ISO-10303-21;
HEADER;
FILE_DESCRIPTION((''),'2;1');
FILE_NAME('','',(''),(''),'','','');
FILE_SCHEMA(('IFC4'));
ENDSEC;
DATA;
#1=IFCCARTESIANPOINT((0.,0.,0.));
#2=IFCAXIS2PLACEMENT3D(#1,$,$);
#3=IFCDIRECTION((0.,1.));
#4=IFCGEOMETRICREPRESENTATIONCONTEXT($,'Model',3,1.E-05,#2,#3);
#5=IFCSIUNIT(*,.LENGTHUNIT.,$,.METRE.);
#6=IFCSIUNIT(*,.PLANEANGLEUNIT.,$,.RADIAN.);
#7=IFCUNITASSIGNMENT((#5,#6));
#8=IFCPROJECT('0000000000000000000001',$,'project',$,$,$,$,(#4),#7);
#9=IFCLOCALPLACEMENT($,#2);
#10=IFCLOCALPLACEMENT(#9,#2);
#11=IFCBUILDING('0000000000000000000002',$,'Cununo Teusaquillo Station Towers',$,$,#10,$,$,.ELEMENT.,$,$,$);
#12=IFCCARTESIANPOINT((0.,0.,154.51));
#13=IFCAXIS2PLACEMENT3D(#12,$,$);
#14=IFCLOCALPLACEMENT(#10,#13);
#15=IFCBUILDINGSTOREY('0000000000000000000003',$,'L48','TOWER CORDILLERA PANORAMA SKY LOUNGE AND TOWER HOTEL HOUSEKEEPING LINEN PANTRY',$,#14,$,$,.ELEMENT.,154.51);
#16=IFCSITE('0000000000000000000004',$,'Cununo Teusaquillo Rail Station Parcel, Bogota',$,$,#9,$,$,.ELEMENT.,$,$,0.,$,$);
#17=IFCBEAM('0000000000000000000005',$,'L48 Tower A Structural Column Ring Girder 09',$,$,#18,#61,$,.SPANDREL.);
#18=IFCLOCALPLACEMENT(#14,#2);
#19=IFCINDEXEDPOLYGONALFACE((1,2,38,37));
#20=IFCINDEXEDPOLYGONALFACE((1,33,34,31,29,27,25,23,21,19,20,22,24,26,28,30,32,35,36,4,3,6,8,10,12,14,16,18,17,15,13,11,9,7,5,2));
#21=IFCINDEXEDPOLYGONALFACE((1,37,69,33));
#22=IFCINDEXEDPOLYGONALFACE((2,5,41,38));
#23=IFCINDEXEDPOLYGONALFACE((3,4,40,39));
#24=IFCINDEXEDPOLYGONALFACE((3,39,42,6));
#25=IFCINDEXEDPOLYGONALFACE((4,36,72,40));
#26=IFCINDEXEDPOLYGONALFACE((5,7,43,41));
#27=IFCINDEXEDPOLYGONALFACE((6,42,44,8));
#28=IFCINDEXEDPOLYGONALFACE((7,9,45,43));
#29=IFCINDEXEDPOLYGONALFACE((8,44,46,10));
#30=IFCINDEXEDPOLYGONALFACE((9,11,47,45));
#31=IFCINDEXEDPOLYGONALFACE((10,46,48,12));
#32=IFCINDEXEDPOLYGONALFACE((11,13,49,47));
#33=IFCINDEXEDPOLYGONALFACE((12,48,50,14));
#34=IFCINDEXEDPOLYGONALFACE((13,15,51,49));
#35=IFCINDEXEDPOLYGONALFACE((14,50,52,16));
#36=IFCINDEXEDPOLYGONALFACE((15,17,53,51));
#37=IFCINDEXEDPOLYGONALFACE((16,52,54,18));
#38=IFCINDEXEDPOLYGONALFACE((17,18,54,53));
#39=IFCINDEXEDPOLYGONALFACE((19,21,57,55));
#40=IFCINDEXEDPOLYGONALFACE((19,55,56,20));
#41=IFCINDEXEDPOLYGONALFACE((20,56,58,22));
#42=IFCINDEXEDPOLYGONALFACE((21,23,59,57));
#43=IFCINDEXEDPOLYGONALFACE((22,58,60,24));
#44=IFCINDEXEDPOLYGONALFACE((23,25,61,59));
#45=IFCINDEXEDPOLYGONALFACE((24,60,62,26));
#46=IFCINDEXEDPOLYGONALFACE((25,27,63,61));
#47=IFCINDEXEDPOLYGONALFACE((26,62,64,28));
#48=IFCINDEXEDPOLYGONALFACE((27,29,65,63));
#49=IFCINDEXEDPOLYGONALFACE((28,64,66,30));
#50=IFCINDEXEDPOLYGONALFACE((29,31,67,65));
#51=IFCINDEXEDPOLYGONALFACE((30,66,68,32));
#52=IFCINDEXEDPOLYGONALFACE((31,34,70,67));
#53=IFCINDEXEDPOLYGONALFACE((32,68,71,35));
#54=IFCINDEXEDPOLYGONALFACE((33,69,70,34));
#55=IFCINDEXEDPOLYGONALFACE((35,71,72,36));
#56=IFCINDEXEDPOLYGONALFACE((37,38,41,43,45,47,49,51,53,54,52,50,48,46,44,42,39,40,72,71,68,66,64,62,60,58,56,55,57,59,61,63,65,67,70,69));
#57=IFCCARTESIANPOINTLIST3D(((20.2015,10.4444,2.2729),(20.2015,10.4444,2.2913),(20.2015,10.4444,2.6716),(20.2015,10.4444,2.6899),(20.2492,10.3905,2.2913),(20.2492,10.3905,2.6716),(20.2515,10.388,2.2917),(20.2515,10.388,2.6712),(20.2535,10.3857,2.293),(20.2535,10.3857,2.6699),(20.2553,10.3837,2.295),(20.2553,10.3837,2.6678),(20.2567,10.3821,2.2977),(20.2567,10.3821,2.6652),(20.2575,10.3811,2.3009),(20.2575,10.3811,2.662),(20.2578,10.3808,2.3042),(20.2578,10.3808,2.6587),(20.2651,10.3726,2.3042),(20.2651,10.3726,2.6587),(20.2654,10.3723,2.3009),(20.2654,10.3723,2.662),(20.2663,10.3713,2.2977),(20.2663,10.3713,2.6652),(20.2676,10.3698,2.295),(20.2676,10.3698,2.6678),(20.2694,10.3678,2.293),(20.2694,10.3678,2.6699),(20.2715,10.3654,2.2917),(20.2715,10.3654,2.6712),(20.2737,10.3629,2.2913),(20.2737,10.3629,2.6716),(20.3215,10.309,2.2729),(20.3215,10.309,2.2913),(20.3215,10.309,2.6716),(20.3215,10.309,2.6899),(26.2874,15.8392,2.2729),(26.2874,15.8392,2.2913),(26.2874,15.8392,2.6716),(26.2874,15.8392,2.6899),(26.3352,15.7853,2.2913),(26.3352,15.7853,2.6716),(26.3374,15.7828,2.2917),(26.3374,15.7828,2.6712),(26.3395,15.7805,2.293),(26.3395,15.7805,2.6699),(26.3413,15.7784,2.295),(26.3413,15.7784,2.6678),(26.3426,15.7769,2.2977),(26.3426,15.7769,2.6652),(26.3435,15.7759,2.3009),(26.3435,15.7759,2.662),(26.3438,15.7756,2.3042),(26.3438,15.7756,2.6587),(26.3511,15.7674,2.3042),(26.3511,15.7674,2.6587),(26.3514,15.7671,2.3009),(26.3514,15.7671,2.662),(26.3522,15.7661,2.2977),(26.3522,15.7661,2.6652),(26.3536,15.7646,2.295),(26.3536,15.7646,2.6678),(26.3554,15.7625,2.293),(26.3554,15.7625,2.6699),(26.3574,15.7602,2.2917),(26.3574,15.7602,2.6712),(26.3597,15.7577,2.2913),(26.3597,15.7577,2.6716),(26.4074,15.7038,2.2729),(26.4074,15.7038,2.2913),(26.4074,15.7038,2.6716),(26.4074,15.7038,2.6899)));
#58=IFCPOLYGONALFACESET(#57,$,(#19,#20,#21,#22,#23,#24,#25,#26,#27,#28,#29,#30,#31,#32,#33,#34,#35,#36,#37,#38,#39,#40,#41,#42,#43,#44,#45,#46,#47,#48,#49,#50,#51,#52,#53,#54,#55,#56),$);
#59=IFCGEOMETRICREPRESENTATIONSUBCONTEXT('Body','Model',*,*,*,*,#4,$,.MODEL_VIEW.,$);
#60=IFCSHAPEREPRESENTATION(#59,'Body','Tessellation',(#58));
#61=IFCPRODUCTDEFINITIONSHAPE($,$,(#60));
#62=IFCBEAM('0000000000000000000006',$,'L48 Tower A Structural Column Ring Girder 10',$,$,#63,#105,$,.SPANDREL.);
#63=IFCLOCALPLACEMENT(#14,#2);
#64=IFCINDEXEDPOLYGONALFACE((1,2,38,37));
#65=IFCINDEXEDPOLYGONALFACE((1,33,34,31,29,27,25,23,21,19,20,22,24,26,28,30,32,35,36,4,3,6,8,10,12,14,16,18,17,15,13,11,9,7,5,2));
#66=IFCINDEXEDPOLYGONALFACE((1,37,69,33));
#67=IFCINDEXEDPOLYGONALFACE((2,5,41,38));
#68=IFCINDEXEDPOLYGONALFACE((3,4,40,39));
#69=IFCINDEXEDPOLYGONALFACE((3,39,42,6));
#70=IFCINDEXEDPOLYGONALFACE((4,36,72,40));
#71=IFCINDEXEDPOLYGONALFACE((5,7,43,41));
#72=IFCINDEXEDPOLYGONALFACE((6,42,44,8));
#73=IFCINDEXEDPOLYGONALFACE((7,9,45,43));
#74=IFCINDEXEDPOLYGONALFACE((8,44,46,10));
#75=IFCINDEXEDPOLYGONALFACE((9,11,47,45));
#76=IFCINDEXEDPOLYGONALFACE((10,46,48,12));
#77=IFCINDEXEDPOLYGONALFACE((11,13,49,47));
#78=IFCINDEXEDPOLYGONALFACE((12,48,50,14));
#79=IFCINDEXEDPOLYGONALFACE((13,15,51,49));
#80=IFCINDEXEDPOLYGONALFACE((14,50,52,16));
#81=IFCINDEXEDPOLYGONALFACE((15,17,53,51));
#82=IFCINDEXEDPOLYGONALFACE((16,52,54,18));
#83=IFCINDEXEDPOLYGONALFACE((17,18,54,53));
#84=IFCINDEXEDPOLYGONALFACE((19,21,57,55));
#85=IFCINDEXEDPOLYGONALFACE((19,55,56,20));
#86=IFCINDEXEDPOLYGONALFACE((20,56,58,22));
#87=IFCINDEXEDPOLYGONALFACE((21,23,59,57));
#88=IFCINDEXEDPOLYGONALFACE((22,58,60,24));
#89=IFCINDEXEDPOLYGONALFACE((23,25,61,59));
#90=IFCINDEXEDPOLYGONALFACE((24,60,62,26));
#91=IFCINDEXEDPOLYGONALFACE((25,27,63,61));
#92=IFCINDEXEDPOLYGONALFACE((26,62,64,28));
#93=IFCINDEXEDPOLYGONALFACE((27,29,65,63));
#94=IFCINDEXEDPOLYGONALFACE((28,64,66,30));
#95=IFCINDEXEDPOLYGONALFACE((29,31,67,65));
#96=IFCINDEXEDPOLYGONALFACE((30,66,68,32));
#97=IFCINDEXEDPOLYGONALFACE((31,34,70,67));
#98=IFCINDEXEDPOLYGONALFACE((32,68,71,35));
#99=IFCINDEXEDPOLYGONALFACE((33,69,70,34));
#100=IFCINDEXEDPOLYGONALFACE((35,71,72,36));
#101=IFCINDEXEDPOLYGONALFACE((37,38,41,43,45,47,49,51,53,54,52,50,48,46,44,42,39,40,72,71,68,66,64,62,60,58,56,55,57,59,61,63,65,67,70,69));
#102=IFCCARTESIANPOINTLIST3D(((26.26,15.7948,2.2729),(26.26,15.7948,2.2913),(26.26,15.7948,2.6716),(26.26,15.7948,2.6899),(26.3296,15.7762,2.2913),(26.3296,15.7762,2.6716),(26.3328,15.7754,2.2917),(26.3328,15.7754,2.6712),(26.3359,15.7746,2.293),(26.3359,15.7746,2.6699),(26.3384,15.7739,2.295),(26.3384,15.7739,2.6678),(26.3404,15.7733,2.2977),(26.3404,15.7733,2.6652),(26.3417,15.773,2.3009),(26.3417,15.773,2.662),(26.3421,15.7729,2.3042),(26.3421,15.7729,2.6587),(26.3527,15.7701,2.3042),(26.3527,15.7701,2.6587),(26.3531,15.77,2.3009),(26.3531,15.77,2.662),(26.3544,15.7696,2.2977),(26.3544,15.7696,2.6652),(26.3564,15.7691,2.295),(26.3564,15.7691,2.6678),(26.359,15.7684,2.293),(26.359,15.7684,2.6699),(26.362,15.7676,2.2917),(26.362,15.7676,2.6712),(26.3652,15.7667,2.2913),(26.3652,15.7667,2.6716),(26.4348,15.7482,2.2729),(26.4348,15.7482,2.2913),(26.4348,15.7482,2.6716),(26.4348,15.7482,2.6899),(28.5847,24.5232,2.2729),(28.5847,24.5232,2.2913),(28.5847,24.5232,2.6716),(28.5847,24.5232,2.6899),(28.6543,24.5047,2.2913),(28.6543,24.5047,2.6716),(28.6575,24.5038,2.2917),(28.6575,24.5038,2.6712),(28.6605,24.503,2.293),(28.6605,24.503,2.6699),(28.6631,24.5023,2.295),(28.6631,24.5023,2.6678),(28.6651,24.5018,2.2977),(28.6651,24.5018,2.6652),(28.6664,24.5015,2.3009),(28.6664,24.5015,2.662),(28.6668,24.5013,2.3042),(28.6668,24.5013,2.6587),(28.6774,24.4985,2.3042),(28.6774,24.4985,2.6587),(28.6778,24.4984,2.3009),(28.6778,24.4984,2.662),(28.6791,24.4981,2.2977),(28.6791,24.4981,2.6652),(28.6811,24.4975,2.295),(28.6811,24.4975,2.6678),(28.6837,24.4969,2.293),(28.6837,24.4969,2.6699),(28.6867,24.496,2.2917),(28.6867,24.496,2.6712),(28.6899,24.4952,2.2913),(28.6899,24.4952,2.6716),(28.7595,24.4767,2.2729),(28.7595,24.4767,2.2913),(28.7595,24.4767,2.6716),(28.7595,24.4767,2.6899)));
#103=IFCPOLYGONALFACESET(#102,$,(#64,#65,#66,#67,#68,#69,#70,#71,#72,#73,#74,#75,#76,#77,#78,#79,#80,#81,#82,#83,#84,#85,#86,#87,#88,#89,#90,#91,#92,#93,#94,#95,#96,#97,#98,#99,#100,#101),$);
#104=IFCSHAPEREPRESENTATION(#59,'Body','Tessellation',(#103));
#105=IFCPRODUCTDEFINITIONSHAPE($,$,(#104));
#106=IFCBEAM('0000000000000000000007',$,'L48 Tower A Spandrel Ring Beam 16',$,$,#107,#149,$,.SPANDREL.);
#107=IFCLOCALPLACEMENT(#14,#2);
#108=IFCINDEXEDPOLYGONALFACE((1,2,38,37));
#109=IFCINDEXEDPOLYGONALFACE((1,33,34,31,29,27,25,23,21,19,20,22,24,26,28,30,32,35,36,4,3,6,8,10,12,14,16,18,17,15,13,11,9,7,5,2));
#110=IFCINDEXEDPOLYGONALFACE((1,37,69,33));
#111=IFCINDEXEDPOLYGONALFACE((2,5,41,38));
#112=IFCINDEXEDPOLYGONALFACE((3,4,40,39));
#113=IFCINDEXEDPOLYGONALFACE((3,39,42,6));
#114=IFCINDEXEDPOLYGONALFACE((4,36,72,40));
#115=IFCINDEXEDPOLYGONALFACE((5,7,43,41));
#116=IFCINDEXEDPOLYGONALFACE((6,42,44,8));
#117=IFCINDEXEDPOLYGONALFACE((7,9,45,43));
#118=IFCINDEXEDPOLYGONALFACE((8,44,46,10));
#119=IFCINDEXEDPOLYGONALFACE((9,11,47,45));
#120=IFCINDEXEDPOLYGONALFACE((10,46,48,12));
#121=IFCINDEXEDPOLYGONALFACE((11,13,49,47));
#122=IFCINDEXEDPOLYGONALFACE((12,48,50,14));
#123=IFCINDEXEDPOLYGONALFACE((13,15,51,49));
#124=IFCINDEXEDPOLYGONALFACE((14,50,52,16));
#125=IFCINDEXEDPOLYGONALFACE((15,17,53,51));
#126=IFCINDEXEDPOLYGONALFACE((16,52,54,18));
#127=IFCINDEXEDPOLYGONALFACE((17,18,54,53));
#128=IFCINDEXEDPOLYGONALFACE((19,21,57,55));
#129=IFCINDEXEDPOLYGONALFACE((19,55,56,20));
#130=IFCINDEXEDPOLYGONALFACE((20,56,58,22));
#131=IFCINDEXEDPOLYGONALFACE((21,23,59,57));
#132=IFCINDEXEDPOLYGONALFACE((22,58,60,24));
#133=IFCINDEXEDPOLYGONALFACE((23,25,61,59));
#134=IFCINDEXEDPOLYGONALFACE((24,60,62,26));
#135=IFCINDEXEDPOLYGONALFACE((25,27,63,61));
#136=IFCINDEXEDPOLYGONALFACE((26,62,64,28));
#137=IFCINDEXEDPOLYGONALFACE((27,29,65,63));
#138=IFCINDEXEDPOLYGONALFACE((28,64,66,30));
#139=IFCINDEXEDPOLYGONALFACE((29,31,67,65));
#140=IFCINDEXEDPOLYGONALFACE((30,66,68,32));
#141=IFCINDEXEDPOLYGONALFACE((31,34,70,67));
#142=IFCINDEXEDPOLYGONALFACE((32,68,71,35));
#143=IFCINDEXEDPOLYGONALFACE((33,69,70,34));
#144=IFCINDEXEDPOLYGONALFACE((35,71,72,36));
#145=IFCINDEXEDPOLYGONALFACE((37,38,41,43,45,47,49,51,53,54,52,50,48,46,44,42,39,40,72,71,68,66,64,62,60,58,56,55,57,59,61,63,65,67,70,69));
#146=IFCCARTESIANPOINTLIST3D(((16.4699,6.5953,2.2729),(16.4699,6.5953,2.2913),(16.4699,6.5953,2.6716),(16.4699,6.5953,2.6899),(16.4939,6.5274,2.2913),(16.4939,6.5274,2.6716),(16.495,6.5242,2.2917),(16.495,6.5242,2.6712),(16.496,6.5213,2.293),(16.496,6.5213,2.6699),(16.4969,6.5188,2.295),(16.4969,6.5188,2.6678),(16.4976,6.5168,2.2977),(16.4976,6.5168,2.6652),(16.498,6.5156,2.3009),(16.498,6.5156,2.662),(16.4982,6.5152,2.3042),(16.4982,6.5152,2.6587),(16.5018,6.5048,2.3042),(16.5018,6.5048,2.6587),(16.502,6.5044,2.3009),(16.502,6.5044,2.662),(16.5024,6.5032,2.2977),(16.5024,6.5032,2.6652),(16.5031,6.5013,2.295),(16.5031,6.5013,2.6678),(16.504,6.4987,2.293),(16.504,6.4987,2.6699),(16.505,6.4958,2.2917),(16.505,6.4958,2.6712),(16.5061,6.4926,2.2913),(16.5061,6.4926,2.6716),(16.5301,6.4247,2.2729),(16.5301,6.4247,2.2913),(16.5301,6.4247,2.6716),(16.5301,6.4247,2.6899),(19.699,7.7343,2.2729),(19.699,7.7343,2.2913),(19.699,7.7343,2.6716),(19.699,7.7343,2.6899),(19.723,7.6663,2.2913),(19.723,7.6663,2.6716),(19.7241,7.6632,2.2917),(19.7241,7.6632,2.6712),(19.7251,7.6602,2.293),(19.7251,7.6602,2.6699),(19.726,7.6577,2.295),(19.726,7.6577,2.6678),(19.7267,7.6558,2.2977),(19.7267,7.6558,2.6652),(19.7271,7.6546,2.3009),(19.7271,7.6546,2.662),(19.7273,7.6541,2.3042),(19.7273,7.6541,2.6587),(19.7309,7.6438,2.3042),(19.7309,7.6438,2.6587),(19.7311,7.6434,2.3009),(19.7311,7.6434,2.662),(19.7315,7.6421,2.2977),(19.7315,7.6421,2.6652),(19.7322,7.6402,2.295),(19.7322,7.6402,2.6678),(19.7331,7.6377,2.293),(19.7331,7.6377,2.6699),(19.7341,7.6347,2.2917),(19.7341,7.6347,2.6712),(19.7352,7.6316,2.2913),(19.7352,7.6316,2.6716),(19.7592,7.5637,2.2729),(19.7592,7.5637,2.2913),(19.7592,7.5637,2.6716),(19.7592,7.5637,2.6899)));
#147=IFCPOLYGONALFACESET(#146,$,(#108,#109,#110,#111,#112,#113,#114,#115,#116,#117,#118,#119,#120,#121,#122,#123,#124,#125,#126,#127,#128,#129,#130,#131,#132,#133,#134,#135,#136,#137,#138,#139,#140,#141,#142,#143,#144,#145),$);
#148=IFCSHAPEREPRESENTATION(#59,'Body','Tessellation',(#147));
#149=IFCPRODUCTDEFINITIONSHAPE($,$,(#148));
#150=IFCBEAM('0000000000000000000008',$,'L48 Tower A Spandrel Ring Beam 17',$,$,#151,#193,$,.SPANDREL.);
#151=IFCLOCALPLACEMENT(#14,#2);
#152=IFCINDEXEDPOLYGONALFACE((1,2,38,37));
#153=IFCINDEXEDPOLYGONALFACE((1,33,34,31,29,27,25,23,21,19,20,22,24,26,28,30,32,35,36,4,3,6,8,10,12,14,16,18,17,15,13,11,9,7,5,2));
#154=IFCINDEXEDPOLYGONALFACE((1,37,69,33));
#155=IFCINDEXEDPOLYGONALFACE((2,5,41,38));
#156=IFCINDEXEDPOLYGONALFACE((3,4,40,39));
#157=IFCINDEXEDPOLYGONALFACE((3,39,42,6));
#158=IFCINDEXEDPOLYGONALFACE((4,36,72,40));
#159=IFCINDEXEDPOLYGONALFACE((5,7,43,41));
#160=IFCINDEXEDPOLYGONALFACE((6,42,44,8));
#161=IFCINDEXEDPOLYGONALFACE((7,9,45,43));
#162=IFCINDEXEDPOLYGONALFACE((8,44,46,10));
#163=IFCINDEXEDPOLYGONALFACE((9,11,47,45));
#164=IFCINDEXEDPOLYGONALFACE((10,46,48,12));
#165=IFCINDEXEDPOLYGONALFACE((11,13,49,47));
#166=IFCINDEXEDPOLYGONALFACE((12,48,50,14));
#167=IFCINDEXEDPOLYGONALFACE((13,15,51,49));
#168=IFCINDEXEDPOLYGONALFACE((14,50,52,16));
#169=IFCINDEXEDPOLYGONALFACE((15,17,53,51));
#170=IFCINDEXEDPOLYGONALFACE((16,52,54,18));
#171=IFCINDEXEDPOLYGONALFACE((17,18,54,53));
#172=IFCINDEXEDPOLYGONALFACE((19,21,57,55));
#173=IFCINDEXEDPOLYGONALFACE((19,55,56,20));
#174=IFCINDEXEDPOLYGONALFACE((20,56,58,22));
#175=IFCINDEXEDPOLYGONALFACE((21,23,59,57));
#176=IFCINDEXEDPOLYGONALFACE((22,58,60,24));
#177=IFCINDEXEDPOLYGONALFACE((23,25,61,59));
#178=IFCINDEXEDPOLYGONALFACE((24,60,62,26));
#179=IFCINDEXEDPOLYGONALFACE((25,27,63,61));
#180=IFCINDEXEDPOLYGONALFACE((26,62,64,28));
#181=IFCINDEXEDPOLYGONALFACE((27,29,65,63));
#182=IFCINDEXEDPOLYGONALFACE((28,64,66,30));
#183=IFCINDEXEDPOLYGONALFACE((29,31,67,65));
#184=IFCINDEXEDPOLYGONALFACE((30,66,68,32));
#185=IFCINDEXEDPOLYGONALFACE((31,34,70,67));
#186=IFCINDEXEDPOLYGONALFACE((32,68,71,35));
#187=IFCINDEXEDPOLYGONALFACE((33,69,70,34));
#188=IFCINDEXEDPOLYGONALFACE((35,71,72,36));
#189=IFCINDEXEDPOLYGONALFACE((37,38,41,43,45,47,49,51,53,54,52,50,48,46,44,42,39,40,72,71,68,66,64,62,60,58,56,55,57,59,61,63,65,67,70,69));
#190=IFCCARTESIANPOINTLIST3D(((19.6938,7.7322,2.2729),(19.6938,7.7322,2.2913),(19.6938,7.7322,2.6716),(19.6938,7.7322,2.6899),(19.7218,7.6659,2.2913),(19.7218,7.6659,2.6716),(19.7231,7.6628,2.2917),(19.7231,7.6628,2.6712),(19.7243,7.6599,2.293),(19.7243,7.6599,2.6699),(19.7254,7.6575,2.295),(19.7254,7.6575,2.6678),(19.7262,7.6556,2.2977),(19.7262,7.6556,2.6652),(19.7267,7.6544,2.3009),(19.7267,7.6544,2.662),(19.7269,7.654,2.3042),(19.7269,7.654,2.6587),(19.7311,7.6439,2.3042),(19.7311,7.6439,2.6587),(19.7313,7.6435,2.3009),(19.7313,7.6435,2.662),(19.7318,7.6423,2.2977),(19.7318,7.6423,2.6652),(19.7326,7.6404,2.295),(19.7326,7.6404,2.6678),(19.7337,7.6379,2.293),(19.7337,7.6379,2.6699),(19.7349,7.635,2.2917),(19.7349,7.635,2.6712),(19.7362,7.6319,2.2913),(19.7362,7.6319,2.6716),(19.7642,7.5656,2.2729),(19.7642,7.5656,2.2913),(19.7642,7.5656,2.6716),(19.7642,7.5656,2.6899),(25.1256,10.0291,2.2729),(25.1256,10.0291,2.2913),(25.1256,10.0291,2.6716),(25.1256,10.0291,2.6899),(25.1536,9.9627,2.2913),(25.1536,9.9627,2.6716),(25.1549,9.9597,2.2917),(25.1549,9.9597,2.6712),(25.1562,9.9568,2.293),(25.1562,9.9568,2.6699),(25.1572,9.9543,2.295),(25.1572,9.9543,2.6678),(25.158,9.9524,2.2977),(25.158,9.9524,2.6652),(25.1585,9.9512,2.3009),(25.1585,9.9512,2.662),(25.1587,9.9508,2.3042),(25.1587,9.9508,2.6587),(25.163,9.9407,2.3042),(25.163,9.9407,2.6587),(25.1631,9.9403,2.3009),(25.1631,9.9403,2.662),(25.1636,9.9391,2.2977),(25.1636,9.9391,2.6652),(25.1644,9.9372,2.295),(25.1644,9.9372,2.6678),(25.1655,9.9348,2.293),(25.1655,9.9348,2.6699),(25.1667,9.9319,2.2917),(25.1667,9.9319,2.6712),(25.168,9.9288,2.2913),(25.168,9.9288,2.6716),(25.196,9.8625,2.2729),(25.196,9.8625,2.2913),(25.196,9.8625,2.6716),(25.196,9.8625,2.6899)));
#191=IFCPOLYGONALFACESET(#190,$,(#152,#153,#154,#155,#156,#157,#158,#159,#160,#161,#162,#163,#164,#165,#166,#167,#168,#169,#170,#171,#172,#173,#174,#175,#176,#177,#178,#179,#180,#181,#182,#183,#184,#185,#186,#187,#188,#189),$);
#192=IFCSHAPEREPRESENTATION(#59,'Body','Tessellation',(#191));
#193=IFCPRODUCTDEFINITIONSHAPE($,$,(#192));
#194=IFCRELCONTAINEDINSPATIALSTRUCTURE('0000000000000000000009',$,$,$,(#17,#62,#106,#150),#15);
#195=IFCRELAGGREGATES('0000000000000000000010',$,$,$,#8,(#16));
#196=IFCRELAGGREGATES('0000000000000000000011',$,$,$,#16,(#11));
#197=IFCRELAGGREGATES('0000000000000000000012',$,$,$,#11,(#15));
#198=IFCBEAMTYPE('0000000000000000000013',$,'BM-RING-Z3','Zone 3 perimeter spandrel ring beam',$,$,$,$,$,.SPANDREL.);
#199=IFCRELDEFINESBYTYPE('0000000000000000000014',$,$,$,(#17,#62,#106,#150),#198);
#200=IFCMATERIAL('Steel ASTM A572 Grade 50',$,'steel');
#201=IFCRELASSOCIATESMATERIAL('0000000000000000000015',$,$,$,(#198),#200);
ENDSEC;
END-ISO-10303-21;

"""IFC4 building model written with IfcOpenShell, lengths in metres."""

from ifc_helpers import new_model, si_unit, direction, frame, origin, origin_2d, place, context, subcontext, project, spatial, i_section, extrude, material, material_profile, profile_set, type_object, element, save


model = new_model("IFC4")

# Units and contexts
model_context = context("Model", 3, precision=1e-05, world=origin(), true_north=direction((0.0, 1.0)))
body_context = subcontext(model_context, "Body", "Model", "MODEL_VIEW")
ifc_project = project(units=[si_unit("LENGTHUNIT", "METRE"), si_unit("PLANEANGLEUNIT", "RADIAN")], contexts=[model_context])

# Site, building, storey
site_placement = place(None, origin())
site = spatial("IfcSite", under=ifc_project, at=site_placement, Name="Cununo Teusaquillo Rail Station Parcel, Bogota", CompositionType="ELEMENT", RefElevation=0.0)
building_placement = place(site_placement, origin())
building = spatial("IfcBuilding", under=site, at=building_placement, Name="Cununo Teusaquillo Station Towers", CompositionType="ELEMENT")
storey_placement = place(building_placement, frame((0.0, 0.0, 154.51)))
storey = spatial("IfcBuildingStorey", under=building, at=storey_placement, Name="L48", Description="TOWER CORDILLERA PANORAMA SKY LOUNGE AND TOWER HOTEL HOUSEKEEPING LINEN PANTRY", CompositionType="ELEMENT", Elevation=154.51)

# Beams
ifc_material_1 = material(Name="Steel ASTM A572 Grade 50", Category="steel")
ifc_material_profile_1 = material_profile(ifc_material_1, i_section(OverallWidth=0.1809, OverallDepth=0.417, WebThickness=0.011, FlangeThickness=0.0183, FilletRadius=0.0129, at=origin_2d()), Name="W16X57")
ifc_profile_set_1 = profile_set([ifc_material_profile_1], Name="Steel ASTM A572 Grade 50")
beam_type_1 = type_object("IfcBeamType", Name="BM-RING-Z3", Description="Zone 3 perimeter spandrel ring beam", PredefinedType="SPANDREL", material=ifc_profile_set_1)
beam_1_placement = place(storey_placement, frame((20.2615, 10.3767, 2.4814), z_axis=(0.748321, 0.663337, 0.0), x_axis=(-0.663337, 0.748321, 0.0)))
element("IfcBeam", 1, at=beam_1_placement, inside=storey, type_object=beam_type_1, Name="L48 Tower A Structural Column Ring Girder 09", PredefinedType="SPANDREL", context=body_context, shape_type="SweptSolid", body=[
    extrude(i_section(OverallWidth=0.1809, OverallDepth=0.417, WebThickness=0.011, FlangeThickness=0.0183, FilletRadius=0.0129, at=origin_2d()), origin(), (0.0, 0.0, 1.0), 8.1328),
])
beam_2_placement = place(storey_placement, frame((26.3474, 15.7715, 2.4814), z_axis=(0.257363, 0.966315, 0.0), x_axis=(-0.966315, 0.257363, 0.0)))
element("IfcBeam", 2, at=beam_2_placement, inside=storey, type_object=beam_type_1, Name="L48 Tower A Structural Column Ring Girder 10", PredefinedType="SPANDREL", context=body_context, shape_type="SweptSolid", body=[
    extrude(i_section(OverallWidth=0.1809, OverallDepth=0.417, WebThickness=0.011, FlangeThickness=0.0183, FilletRadius=0.0129, at=origin_2d()), origin(), (0.0, 0.0, 1.0), 9.0327),
])
beam_3_placement = place(storey_placement, frame((16.5, 6.51, 2.4814), z_axis=(0.943057, 0.33263, 0.0), x_axis=(-0.33263, 0.943057, 0.0)))
element("IfcBeam", 3, at=beam_3_placement, inside=storey, type_object=beam_type_1, Name="L48 Tower A Spandrel Ring Beam 16", PredefinedType="SPANDREL", context=body_context, shape_type="SweptSolid", body=[
    extrude(i_section(OverallWidth=0.1809, OverallDepth=0.417, WebThickness=0.011, FlangeThickness=0.0183, FilletRadius=0.0129, at=origin_2d()), origin(), (0.0, 0.0, 1.0), 3.4241),
])
beam_4_placement = place(storey_placement, frame((19.729, 7.6489, 2.4814), z_axis=(0.921042, 0.389463, 0.0), x_axis=(-0.389463, 0.921042, 0.0)))
element("IfcBeam", 4, at=beam_4_placement, inside=storey, type_object=beam_type_1, Name="L48 Tower A Spandrel Ring Beam 17", PredefinedType="SPANDREL", context=body_context, shape_type="SweptSolid", body=[
    extrude(i_section(OverallWidth=0.1809, OverallDepth=0.417, WebThickness=0.011, FlangeThickness=0.0183, FilletRadius=0.0129, at=origin_2d()), origin(), (0.0, 0.0, 1.0), 5.8975),
])

save(model, "model.ifc")
